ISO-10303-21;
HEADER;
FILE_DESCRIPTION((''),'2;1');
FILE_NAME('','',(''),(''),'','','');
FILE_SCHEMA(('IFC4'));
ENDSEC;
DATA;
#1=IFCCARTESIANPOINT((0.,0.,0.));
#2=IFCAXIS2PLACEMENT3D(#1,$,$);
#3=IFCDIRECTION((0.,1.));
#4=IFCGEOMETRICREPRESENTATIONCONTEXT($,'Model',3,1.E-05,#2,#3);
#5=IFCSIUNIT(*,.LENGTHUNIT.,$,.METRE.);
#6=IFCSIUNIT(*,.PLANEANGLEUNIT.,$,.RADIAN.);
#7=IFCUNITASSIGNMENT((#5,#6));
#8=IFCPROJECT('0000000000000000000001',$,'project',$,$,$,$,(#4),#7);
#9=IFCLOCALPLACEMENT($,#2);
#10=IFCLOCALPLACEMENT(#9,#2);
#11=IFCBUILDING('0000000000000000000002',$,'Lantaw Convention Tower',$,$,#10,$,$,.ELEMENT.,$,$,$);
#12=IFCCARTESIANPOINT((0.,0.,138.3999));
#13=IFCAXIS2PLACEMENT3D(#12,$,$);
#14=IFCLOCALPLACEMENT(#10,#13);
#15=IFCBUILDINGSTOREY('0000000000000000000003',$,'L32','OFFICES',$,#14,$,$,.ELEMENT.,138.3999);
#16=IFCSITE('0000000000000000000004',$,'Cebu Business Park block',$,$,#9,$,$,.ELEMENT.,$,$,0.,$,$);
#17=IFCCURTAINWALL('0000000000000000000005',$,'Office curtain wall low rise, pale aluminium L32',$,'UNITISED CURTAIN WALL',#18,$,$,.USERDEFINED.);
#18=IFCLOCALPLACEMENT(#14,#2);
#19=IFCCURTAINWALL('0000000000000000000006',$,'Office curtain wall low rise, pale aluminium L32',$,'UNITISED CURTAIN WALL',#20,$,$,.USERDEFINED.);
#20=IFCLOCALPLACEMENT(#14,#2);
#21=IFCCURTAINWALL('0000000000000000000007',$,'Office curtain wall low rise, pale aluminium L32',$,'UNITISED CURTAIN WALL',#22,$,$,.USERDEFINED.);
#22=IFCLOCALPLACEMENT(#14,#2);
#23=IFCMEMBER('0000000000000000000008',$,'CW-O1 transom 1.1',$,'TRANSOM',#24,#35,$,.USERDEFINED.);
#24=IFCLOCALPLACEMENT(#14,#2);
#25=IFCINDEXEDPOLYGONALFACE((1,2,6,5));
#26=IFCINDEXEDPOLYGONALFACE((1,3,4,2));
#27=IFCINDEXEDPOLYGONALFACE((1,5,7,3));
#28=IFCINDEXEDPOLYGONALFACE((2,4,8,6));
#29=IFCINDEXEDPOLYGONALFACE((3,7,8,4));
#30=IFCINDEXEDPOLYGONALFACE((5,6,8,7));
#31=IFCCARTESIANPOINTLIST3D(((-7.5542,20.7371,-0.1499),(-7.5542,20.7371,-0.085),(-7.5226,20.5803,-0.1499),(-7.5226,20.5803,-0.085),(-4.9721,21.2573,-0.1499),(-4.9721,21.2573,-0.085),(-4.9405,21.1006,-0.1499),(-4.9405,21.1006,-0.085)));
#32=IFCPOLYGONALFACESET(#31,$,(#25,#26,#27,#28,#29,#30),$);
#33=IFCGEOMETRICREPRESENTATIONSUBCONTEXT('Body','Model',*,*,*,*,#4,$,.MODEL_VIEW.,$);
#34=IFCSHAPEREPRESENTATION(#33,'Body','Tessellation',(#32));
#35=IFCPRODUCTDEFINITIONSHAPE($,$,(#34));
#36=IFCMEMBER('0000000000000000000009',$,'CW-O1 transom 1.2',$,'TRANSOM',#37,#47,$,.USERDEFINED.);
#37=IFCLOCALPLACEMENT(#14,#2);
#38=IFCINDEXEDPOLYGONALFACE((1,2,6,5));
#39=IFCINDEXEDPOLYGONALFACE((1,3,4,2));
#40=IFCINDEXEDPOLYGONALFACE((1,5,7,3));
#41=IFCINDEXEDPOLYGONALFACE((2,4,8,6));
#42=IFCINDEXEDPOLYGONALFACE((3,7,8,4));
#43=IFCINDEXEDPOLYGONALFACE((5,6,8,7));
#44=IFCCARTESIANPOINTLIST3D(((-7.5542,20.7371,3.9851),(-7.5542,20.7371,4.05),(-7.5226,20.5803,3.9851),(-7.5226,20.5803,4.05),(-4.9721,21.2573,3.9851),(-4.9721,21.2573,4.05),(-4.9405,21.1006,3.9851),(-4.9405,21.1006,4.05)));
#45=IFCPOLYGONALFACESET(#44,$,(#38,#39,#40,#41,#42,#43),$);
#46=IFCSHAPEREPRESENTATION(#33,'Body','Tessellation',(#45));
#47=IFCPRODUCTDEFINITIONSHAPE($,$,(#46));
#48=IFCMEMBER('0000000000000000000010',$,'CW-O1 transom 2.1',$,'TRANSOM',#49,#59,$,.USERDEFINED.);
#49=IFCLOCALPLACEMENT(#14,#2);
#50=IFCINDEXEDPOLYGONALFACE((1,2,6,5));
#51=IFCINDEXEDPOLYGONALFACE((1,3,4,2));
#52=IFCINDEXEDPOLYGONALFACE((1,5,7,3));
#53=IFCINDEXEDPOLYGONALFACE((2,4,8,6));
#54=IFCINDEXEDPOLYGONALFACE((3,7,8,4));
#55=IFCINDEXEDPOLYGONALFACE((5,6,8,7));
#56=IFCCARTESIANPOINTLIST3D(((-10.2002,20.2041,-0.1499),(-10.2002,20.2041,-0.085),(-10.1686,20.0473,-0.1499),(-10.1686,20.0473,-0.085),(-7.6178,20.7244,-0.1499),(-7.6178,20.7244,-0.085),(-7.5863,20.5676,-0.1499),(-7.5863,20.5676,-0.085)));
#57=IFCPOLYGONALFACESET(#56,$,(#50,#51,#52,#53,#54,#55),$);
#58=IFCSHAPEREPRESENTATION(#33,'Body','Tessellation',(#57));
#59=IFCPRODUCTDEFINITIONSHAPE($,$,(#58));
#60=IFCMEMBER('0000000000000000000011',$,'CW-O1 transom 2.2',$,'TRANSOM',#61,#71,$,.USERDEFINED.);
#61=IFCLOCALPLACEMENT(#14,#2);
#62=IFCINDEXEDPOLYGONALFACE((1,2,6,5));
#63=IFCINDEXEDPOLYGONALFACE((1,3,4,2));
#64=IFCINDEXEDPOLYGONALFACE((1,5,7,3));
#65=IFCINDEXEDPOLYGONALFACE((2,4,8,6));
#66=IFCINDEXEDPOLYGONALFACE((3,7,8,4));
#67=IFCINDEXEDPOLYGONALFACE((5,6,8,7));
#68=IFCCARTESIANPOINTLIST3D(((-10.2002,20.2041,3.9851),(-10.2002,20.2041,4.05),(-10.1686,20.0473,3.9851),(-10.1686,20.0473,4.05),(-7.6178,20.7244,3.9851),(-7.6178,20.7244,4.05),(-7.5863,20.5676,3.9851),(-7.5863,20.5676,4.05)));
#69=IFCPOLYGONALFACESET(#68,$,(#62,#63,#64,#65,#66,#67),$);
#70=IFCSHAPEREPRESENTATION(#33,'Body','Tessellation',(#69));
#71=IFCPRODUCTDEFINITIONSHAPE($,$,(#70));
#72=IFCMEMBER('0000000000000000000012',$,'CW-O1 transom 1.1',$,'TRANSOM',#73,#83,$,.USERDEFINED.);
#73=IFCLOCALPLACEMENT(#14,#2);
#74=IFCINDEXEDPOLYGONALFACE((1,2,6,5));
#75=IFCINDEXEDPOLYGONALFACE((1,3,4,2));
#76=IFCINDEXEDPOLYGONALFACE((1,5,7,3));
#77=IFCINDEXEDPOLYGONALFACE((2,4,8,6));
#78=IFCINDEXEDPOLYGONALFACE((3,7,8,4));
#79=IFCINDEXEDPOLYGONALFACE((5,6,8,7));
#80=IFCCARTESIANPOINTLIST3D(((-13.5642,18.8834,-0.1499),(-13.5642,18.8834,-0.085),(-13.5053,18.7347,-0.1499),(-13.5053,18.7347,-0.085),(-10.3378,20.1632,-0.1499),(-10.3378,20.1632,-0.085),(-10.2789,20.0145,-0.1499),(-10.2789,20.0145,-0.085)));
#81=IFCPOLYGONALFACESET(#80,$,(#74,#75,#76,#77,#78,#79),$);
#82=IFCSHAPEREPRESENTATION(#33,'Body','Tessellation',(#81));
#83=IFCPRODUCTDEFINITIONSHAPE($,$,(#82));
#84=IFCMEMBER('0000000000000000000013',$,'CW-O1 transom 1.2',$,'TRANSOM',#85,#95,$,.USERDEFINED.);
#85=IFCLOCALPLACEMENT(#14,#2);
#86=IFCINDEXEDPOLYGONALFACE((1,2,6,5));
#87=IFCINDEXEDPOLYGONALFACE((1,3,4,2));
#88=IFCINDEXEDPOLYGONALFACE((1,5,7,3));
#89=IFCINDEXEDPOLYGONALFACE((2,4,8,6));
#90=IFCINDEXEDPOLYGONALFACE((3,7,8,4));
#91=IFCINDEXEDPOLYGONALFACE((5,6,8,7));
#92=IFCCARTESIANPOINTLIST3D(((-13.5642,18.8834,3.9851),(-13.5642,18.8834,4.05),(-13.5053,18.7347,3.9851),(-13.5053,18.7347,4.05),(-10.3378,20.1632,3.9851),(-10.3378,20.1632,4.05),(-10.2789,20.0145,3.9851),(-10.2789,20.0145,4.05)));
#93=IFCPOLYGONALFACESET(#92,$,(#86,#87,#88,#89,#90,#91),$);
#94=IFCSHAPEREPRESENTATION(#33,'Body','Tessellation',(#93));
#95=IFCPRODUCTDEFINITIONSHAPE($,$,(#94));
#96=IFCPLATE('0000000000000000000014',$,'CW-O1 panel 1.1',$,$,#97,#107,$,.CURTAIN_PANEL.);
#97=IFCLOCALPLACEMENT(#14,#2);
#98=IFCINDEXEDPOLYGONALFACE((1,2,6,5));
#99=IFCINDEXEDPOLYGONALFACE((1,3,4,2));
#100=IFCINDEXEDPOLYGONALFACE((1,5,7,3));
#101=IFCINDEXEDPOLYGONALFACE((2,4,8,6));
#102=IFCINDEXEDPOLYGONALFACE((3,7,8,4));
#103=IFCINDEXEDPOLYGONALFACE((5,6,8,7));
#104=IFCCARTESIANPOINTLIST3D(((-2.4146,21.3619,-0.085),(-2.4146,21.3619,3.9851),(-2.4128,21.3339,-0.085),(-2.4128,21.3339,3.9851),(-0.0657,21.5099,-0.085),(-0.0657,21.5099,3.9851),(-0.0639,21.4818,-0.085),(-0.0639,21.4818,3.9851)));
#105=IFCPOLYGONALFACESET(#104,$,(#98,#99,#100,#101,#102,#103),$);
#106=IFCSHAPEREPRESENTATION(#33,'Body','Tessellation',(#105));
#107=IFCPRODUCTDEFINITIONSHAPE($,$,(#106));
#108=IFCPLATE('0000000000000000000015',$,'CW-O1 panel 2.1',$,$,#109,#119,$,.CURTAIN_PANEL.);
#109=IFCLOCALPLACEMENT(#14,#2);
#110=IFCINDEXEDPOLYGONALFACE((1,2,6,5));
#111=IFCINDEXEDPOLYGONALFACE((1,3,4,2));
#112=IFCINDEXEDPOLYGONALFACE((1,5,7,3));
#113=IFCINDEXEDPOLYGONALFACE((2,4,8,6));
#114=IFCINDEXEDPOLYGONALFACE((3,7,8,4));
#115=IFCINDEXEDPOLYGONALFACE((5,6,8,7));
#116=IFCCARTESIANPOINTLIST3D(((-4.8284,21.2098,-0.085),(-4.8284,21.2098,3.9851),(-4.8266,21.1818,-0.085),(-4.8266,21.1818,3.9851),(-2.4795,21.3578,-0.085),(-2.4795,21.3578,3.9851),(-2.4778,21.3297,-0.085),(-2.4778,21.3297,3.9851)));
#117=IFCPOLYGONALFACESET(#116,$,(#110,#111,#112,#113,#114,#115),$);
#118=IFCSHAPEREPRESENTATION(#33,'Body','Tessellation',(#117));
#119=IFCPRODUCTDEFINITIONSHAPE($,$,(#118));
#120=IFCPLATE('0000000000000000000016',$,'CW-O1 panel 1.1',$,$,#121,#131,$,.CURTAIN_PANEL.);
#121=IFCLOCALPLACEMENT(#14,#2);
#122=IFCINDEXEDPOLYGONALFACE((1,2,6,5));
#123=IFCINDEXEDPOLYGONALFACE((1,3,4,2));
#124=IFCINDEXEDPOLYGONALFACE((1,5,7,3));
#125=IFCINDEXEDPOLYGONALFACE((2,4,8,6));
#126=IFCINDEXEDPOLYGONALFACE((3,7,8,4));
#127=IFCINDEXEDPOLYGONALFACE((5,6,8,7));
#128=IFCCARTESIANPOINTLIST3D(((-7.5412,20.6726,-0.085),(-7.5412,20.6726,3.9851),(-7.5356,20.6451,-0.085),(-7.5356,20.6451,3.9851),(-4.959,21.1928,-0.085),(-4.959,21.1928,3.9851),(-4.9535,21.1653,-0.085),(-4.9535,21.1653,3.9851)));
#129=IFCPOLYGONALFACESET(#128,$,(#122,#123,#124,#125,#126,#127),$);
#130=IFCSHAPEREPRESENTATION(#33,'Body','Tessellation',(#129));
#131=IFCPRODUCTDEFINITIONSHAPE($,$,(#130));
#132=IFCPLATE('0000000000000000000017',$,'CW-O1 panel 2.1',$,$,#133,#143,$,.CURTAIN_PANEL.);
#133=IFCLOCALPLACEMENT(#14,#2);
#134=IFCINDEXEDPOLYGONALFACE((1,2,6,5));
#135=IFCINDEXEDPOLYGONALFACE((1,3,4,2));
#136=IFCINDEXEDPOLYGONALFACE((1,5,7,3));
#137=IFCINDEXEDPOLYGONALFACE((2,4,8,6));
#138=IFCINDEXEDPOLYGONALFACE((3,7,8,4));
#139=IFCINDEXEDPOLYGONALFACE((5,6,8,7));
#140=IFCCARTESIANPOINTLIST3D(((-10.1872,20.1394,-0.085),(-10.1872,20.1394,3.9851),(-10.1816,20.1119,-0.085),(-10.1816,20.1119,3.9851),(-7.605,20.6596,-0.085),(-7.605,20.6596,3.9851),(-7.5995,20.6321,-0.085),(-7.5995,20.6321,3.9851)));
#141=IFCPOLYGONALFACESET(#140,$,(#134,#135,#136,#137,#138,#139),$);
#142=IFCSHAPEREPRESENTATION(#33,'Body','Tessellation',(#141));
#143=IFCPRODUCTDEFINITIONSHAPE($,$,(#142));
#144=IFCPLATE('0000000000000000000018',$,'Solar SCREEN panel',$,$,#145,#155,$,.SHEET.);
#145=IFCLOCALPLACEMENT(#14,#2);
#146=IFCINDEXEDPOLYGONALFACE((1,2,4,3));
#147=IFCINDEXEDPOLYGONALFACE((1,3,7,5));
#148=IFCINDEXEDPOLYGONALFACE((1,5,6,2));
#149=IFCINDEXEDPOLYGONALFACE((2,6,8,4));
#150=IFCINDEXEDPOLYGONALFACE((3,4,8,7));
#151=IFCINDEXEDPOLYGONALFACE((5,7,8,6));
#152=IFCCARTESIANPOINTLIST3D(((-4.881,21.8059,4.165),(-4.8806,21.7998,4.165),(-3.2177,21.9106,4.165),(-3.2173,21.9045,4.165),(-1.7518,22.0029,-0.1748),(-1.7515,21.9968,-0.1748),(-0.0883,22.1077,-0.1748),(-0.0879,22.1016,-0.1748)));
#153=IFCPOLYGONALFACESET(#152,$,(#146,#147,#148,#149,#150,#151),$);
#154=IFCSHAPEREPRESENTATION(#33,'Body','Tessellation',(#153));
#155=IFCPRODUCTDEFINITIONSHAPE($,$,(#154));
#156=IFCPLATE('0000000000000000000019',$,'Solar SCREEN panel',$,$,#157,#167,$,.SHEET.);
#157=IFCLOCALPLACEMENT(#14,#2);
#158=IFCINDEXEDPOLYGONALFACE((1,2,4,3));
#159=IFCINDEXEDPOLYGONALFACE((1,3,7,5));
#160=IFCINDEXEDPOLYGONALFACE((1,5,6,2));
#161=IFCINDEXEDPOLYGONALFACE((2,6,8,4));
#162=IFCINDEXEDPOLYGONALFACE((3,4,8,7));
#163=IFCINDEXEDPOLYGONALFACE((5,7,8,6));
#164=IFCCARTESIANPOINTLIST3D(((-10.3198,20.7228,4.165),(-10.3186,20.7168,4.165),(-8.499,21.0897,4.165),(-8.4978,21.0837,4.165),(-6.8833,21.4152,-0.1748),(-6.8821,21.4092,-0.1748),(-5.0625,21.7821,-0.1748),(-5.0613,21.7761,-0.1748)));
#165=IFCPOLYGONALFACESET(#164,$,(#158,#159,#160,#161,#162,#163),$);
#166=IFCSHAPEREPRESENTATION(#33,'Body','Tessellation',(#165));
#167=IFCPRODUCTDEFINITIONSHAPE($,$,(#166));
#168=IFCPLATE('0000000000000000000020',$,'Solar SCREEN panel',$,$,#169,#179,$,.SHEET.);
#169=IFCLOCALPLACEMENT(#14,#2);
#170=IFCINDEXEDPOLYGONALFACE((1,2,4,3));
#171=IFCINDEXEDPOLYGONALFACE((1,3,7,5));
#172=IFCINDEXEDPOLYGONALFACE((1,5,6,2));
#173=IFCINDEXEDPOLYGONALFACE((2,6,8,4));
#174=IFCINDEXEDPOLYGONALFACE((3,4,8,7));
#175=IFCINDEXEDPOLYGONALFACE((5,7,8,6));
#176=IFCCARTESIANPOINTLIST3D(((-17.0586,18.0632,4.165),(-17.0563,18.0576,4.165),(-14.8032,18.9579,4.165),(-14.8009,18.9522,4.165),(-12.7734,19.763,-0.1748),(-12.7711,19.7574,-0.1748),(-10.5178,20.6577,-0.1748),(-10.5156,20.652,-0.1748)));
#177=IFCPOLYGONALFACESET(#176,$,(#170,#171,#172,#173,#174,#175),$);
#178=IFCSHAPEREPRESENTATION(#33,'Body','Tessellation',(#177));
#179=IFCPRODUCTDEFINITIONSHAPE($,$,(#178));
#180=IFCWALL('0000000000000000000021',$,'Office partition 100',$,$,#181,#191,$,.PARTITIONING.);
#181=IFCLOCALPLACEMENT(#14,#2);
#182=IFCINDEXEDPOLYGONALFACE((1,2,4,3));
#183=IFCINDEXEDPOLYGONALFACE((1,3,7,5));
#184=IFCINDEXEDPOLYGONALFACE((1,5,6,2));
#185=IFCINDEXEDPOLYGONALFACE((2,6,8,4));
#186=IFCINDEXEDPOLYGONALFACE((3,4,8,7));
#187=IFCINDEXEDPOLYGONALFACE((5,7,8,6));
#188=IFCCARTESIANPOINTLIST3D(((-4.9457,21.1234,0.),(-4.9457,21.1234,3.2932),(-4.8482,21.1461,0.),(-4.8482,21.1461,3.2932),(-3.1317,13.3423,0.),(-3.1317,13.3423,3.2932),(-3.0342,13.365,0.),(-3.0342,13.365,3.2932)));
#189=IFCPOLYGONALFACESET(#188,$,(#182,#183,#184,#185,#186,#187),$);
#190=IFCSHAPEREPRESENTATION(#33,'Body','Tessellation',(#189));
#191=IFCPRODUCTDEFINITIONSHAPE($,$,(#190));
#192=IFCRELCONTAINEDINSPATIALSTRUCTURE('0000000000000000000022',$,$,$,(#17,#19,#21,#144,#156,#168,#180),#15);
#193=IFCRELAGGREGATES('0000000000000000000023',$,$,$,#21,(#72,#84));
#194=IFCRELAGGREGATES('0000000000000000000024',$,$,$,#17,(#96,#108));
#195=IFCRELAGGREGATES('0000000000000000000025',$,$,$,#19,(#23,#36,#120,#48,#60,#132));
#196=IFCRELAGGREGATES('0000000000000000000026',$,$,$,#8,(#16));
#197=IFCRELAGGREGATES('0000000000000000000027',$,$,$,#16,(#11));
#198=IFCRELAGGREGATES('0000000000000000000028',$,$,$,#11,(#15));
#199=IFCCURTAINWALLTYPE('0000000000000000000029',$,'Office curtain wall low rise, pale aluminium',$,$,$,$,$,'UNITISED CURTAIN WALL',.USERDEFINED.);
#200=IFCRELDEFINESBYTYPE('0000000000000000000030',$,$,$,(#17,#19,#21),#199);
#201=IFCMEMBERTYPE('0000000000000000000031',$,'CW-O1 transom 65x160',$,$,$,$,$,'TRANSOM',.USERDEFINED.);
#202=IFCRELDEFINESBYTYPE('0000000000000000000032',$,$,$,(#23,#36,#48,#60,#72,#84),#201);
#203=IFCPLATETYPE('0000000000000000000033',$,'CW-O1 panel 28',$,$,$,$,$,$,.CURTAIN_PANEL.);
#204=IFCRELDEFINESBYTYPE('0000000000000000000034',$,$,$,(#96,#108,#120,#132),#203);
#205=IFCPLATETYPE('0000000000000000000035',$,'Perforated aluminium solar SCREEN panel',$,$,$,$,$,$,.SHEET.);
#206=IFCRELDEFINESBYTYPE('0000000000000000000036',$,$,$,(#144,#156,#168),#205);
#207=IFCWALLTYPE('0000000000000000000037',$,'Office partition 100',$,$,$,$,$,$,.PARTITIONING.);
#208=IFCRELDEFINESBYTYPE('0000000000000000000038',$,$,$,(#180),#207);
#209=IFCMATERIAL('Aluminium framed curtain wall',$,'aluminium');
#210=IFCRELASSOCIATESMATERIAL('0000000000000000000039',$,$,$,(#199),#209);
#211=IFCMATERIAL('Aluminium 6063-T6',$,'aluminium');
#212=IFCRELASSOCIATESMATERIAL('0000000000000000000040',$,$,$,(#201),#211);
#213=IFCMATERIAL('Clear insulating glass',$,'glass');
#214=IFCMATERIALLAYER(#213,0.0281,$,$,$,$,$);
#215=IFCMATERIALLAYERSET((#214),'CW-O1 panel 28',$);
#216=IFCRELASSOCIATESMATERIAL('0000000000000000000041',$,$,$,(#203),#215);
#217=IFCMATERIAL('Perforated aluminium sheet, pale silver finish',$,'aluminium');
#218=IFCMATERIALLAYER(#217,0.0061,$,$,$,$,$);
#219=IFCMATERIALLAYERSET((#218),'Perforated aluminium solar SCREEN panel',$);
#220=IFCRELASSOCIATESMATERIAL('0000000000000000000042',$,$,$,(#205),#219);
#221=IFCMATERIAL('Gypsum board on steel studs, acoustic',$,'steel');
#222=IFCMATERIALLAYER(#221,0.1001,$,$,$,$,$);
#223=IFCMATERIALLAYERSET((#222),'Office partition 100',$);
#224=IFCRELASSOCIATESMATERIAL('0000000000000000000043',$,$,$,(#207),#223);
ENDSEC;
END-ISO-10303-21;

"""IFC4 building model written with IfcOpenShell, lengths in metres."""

from ifc_helpers import new_model, si_unit, direction, frame, frame_2d, origin, origin_2d, place, context, subcontext, project, spatial, polyline, rectangle, outline, extrude, material, layer, layer_set, material_profile, profile_set, type_object, element, aggregate, save


model = new_model("IFC4")

# Units and contexts
model_context = context("Model", 3, precision=1e-05, world=origin(), true_north=direction((0.0, 1.0)))
body_context = subcontext(model_context, "Body", "Model", "MODEL_VIEW")
ifc_project = project(units=[si_unit("LENGTHUNIT", "METRE"), si_unit("PLANEANGLEUNIT", "RADIAN")], contexts=[model_context])

# Site, building, storey
site_placement = place(None, origin())
site = spatial("IfcSite", under=ifc_project, at=site_placement, Name="Cebu Business Park block", CompositionType="ELEMENT", RefElevation=0.0)
building_placement = place(site_placement, origin())
building = spatial("IfcBuilding", under=site, at=building_placement, Name="Lantaw Convention Tower", CompositionType="ELEMENT")
storey_placement = place(building_placement, frame((0.0, 0.0, 138.3999)))
storey = spatial("IfcBuildingStorey", under=building, at=storey_placement, Name="L32", Description="OFFICES", CompositionType="ELEMENT", Elevation=138.3999)

# Curtain walls
ifc_material_1 = material(Name="Aluminium framed curtain wall", Category="aluminium")
curtain_wall_type = type_object("IfcCurtainWallType", Name="Office curtain wall low rise, pale aluminium", ElementType="UNITISED CURTAIN WALL", PredefinedType="USERDEFINED", material=ifc_material_1)
curtain_wall_1_placement = place(storey_placement, origin())
curtain_wall_1 = element("IfcCurtainWall", 1, at=curtain_wall_1_placement, inside=storey, type_object=curtain_wall_type, Name="Office curtain wall low rise, pale aluminium L32", ObjectType="UNITISED CURTAIN WALL", PredefinedType="USERDEFINED")
ifc_material_2 = material(Name="Aluminium 6063-T6", Category="aluminium")
curtain_wall_2_placement = place(storey_placement, origin())
curtain_wall_2 = element("IfcCurtainWall", 2, at=curtain_wall_2_placement, inside=storey, type_object=curtain_wall_type, Name="Office curtain wall low rise, pale aluminium L32", ObjectType="UNITISED CURTAIN WALL", PredefinedType="USERDEFINED")

# Curtain wall
curtain_wall_3_placement = place(storey_placement, origin())
curtain_wall_3 = element("IfcCurtainWall", 3, at=curtain_wall_3_placement, inside=storey, type_object=curtain_wall_type, Name="Office curtain wall low rise, pale aluminium L32", ObjectType="UNITISED CURTAIN WALL", PredefinedType="USERDEFINED")

# Members
ifc_material_profile_1 = material_profile(ifc_material_2, rectangle(XDim=0.1599, YDim=0.0649, at=origin_2d()), Name="CW-O1 transom 65x160")
ifc_profile_set_1 = profile_set([ifc_material_profile_1], Name="Aluminium 6063-T6")
member_type_1 = type_object("IfcMemberType", Name="CW-O1 transom 65x160", ElementType="TRANSOM", PredefinedType="USERDEFINED", material=ifc_profile_set_1)
member_1_placement = place(storey_placement, frame((-4.9563, 21.179, -0.1174), z_axis=(-0.980298, -0.197524, 0.0), x_axis=(0.197524, -0.980298, 0.0)))
member_1 = element("IfcMember", 4, at=member_1_placement, type_object=member_type_1, Name="CW-O1 transom 1.1", ObjectType="TRANSOM", PredefinedType="USERDEFINED", context=body_context, shape_type="SweptSolid", body=[
    extrude(rectangle(XDim=0.1599, YDim=0.0649, at=origin_2d()), origin(), (0.0, 0.0, 1.0), 2.634),
])
member_2_placement = place(storey_placement, frame((-4.9563, 21.179, 4.0176), z_axis=(-0.980298, -0.197524, 0.0), x_axis=(0.197524, -0.980298, 0.0)))
member_2 = element("IfcMember", 5, at=member_2_placement, type_object=member_type_1, Name="CW-O1 transom 1.2", ObjectType="TRANSOM", PredefinedType="USERDEFINED", context=body_context, shape_type="SweptSolid", body=[
    extrude(rectangle(XDim=0.1599, YDim=0.0649, at=origin_2d()), origin(), (0.0, 0.0, 1.0), 2.634),
])
member_3_placement = place(storey_placement, frame((-7.6021, 20.646, -0.1174), z_axis=(-0.980302, -0.197506, 0.0), x_axis=(0.197506, -0.980302, 0.0)))
member_3 = element("IfcMember", 6, at=member_3_placement, type_object=member_type_1, Name="CW-O1 transom 2.1", ObjectType="TRANSOM", PredefinedType="USERDEFINED", context=body_context, shape_type="SweptSolid", body=[
    extrude(rectangle(XDim=0.1599, YDim=0.0649, at=origin_2d()), origin(), (0.0, 0.0, 1.0), 2.6343),
])
member_4_placement = place(storey_placement, frame((-7.6021, 20.646, 4.0176), z_axis=(-0.980302, -0.197506, 0.0), x_axis=(0.197506, -0.980302, 0.0)))
member_4 = element("IfcMember", 7, at=member_4_placement, type_object=member_type_1, Name="CW-O1 transom 2.2", ObjectType="TRANSOM", PredefinedType="USERDEFINED", context=body_context, shape_type="SweptSolid", body=[
    extrude(rectangle(XDim=0.1599, YDim=0.0649, at=origin_2d()), origin(), (0.0, 0.0, 1.0), 2.6343),
])
member_5_placement = place(storey_placement, frame((-10.3083, 20.0889, -0.1174), z_axis=(-0.92954, -0.368721, 0.0), x_axis=(0.368721, -0.92954, 0.0)))
member_5 = element("IfcMember", 8, at=member_5_placement, type_object=member_type_1, Name="CW-O1 transom 1.1", ObjectType="TRANSOM", PredefinedType="USERDEFINED", context=body_context, shape_type="SweptSolid", body=[
    extrude(rectangle(XDim=0.1599, YDim=0.0649, at=origin_2d()), origin(), (0.0, 0.0, 1.0), 3.4709),
])
member_6_placement = place(storey_placement, frame((-10.3083, 20.0889, 4.0176), z_axis=(-0.92954, -0.368721, 0.0), x_axis=(0.368721, -0.92954, 0.0)))
member_6 = element("IfcMember", 9, at=member_6_placement, type_object=member_type_1, Name="CW-O1 transom 1.2", ObjectType="TRANSOM", PredefinedType="USERDEFINED", context=body_context, shape_type="SweptSolid", body=[
    extrude(rectangle(XDim=0.1599, YDim=0.0649, at=origin_2d()), origin(), (0.0, 0.0, 1.0), 3.4709),
])
aggregate(curtain_wall_3, [member_5, member_6])

# Plates
ifc_material_3 = material(Name="Clear insulating glass", Category="glass")
ifc_layer_1 = layer(ifc_material_3, 0.0281)
ifc_layer_set_1 = layer_set([ifc_layer_1], Name="CW-O1 panel 28")
plate_type_1 = type_object("IfcPlateType", Name="CW-O1 panel 28", PredefinedType="CURTAIN_PANEL", material=ifc_layer_set_1)
plate_1_placement = place(storey_placement, frame((-1.2393, 21.4219, -0.085), z_axis=(0.0, 0.0, 1.0), x_axis=(-0.998022, -0.062865, 0.0)))
plate_1 = element("IfcPlate", 10, at=plate_1_placement, type_object=plate_type_1, Name="CW-O1 panel 1.1", PredefinedType="CURTAIN_PANEL", context=body_context, shape_type="SweptSolid", body=[
    extrude(rectangle(XDim=2.3535, YDim=0.0281, at=origin_2d()), origin(), (0.0, 0.0, 1.0), 4.0701),
])
plate_2_placement = place(storey_placement, frame((-3.6531, 21.2698, -0.085), z_axis=(0.0, 0.0, 1.0), x_axis=(-0.998022, -0.062865, 0.0)))
plate_2 = element("IfcPlate", 11, at=plate_2_placement, type_object=plate_type_1, Name="CW-O1 panel 2.1", PredefinedType="CURTAIN_PANEL", context=body_context, shape_type="SweptSolid", body=[
    extrude(rectangle(XDim=2.3535, YDim=0.0281, at=origin_2d()), origin(), (0.0, 0.0, 1.0), 4.0701),
])
aggregate(curtain_wall_1, [plate_1, plate_2])
plate_3_placement = place(storey_placement, frame((-6.2473, 20.9189, -0.085), z_axis=(0.0, 0.0, 1.0), x_axis=(-0.980302, -0.197507, 0.0)))
plate_3 = element("IfcPlate", 12, at=plate_3_placement, type_object=plate_type_1, Name="CW-O1 panel 1.1", PredefinedType="CURTAIN_PANEL", context=body_context, shape_type="SweptSolid", body=[
    extrude(rectangle(XDim=2.634, YDim=0.0281, at=origin_2d()), origin(), (0.0, 0.0, 1.0), 4.0701),
])
plate_4_placement = place(storey_placement, frame((-8.8933, 20.3857, -0.085), z_axis=(0.0, 0.0, 1.0), x_axis=(-0.980302, -0.197507, 0.0)))
plate_4 = element("IfcPlate", 13, at=plate_4_placement, type_object=plate_type_1, Name="CW-O1 panel 2.1", PredefinedType="CURTAIN_PANEL", context=body_context, shape_type="SweptSolid", body=[
    extrude(rectangle(XDim=2.634, YDim=0.0281, at=origin_2d()), origin(), (0.0, 0.0, 1.0), 4.0701),
])
aggregate(curtain_wall_2, [member_1, member_2, plate_3, member_3, member_4, plate_4])

# Plates
ifc_material_4 = material(Name="Perforated aluminium sheet, pale silver finish", Category="aluminium")
ifc_layer_2 = layer(ifc_material_4, 0.0061)
ifc_layer_set_2 = layer_set([ifc_layer_2], Name="Perforated aluminium solar SCREEN panel")
plate_type_2 = type_object("IfcPlateType", Name="Perforated aluminium solar SCREEN panel", PredefinedType="SHEET", material=ifc_layer_set_2)
plate_5_placement = place(storey_placement, frame((-0.0879, 22.1016, -0.1748), z_axis=(0.062839, -0.998024, 0.000002), x_axis=(-0.998024, -0.062839, 0.0)))
element("IfcPlate", 14, at=plate_5_placement, inside=storey, type_object=plate_type_2, Name="Solar SCREEN panel", PredefinedType="SHEET", context=body_context, shape_type="SweptSolid", body=[
    extrude(outline(polyline([(0.0, 0.0), (1.6669, 0.0), (4.8022, -4.3398), (3.1356, -4.3398), (0.0, 0.0)])), origin(), (0.0, 0.0, -1.0), 0.0061),
])
plate_6_placement = place(storey_placement, frame((-5.0613, 21.7761, -0.1748), z_axis=(0.197557, -0.980291, 0.000039), x_axis=(-0.980291, -0.197557, 0.0)))
element("IfcPlate", 15, at=plate_6_placement, inside=storey, type_object=plate_type_2, Name="Solar SCREEN panel", PredefinedType="SHEET", context=body_context, shape_type="SweptSolid", body=[
    extrude(outline(polyline([(0.0, 0.0), (1.8574, 0.0), (5.363, -4.3398), (3.5056, -4.3398), (0.0, 0.0)])), origin(), (0.0, 0.0, -1.0), 0.0061),
])
plate_7_placement = place(storey_placement, frame((-10.5178, 20.6577, -0.1748), z_axis=(-0.368709, 0.929545, 0.000011), x_axis=(-0.929545, -0.368709, 0.0)))
element("IfcPlate", 16, at=plate_7_placement, inside=storey, type_object=plate_type_2, Name="Solar SCREEN panel", PredefinedType="SHEET", context=body_context, shape_type="SweptSolid", body=[
    extrude(outline(polyline([(0.0, 0.0), (2.4265, 0.0), (7.0365, 4.3398), (4.6102, 4.3398), (0.0, 0.0)])), origin(), (0.0, 0.0, -1.0), 0.0061),
])

# Wall
ifc_material_5 = material(Name="Gypsum board on steel studs, acoustic", Category="steel")
ifc_layer_3 = layer(ifc_material_5, 0.1001)
ifc_layer_set_3 = layer_set([ifc_layer_3], Name="Office partition 100")
wall_type = type_object("IfcWallType", Name="Office partition 100", PredefinedType="PARTITIONING", material=ifc_layer_set_3)
wall_1_placement = place(storey_placement, frame((-4.897, 21.1348, 0.0), z_axis=(0.0, 0.0, 1.0), x_axis=(0.227039, -0.973886, 0.0)))
element("IfcWall", 17, at=wall_1_placement, inside=storey, type_object=wall_type, Name="Office partition 100", PredefinedType="PARTITIONING", context=body_context, shape_type="SweptSolid", body=[
    extrude(rectangle(XDim=7.9897, YDim=0.1001, at=frame_2d((3.9949, 0.0))), origin(), (0.0, 0.0, 1.0), 3.2932),
])

save(model, "model.ifc")
